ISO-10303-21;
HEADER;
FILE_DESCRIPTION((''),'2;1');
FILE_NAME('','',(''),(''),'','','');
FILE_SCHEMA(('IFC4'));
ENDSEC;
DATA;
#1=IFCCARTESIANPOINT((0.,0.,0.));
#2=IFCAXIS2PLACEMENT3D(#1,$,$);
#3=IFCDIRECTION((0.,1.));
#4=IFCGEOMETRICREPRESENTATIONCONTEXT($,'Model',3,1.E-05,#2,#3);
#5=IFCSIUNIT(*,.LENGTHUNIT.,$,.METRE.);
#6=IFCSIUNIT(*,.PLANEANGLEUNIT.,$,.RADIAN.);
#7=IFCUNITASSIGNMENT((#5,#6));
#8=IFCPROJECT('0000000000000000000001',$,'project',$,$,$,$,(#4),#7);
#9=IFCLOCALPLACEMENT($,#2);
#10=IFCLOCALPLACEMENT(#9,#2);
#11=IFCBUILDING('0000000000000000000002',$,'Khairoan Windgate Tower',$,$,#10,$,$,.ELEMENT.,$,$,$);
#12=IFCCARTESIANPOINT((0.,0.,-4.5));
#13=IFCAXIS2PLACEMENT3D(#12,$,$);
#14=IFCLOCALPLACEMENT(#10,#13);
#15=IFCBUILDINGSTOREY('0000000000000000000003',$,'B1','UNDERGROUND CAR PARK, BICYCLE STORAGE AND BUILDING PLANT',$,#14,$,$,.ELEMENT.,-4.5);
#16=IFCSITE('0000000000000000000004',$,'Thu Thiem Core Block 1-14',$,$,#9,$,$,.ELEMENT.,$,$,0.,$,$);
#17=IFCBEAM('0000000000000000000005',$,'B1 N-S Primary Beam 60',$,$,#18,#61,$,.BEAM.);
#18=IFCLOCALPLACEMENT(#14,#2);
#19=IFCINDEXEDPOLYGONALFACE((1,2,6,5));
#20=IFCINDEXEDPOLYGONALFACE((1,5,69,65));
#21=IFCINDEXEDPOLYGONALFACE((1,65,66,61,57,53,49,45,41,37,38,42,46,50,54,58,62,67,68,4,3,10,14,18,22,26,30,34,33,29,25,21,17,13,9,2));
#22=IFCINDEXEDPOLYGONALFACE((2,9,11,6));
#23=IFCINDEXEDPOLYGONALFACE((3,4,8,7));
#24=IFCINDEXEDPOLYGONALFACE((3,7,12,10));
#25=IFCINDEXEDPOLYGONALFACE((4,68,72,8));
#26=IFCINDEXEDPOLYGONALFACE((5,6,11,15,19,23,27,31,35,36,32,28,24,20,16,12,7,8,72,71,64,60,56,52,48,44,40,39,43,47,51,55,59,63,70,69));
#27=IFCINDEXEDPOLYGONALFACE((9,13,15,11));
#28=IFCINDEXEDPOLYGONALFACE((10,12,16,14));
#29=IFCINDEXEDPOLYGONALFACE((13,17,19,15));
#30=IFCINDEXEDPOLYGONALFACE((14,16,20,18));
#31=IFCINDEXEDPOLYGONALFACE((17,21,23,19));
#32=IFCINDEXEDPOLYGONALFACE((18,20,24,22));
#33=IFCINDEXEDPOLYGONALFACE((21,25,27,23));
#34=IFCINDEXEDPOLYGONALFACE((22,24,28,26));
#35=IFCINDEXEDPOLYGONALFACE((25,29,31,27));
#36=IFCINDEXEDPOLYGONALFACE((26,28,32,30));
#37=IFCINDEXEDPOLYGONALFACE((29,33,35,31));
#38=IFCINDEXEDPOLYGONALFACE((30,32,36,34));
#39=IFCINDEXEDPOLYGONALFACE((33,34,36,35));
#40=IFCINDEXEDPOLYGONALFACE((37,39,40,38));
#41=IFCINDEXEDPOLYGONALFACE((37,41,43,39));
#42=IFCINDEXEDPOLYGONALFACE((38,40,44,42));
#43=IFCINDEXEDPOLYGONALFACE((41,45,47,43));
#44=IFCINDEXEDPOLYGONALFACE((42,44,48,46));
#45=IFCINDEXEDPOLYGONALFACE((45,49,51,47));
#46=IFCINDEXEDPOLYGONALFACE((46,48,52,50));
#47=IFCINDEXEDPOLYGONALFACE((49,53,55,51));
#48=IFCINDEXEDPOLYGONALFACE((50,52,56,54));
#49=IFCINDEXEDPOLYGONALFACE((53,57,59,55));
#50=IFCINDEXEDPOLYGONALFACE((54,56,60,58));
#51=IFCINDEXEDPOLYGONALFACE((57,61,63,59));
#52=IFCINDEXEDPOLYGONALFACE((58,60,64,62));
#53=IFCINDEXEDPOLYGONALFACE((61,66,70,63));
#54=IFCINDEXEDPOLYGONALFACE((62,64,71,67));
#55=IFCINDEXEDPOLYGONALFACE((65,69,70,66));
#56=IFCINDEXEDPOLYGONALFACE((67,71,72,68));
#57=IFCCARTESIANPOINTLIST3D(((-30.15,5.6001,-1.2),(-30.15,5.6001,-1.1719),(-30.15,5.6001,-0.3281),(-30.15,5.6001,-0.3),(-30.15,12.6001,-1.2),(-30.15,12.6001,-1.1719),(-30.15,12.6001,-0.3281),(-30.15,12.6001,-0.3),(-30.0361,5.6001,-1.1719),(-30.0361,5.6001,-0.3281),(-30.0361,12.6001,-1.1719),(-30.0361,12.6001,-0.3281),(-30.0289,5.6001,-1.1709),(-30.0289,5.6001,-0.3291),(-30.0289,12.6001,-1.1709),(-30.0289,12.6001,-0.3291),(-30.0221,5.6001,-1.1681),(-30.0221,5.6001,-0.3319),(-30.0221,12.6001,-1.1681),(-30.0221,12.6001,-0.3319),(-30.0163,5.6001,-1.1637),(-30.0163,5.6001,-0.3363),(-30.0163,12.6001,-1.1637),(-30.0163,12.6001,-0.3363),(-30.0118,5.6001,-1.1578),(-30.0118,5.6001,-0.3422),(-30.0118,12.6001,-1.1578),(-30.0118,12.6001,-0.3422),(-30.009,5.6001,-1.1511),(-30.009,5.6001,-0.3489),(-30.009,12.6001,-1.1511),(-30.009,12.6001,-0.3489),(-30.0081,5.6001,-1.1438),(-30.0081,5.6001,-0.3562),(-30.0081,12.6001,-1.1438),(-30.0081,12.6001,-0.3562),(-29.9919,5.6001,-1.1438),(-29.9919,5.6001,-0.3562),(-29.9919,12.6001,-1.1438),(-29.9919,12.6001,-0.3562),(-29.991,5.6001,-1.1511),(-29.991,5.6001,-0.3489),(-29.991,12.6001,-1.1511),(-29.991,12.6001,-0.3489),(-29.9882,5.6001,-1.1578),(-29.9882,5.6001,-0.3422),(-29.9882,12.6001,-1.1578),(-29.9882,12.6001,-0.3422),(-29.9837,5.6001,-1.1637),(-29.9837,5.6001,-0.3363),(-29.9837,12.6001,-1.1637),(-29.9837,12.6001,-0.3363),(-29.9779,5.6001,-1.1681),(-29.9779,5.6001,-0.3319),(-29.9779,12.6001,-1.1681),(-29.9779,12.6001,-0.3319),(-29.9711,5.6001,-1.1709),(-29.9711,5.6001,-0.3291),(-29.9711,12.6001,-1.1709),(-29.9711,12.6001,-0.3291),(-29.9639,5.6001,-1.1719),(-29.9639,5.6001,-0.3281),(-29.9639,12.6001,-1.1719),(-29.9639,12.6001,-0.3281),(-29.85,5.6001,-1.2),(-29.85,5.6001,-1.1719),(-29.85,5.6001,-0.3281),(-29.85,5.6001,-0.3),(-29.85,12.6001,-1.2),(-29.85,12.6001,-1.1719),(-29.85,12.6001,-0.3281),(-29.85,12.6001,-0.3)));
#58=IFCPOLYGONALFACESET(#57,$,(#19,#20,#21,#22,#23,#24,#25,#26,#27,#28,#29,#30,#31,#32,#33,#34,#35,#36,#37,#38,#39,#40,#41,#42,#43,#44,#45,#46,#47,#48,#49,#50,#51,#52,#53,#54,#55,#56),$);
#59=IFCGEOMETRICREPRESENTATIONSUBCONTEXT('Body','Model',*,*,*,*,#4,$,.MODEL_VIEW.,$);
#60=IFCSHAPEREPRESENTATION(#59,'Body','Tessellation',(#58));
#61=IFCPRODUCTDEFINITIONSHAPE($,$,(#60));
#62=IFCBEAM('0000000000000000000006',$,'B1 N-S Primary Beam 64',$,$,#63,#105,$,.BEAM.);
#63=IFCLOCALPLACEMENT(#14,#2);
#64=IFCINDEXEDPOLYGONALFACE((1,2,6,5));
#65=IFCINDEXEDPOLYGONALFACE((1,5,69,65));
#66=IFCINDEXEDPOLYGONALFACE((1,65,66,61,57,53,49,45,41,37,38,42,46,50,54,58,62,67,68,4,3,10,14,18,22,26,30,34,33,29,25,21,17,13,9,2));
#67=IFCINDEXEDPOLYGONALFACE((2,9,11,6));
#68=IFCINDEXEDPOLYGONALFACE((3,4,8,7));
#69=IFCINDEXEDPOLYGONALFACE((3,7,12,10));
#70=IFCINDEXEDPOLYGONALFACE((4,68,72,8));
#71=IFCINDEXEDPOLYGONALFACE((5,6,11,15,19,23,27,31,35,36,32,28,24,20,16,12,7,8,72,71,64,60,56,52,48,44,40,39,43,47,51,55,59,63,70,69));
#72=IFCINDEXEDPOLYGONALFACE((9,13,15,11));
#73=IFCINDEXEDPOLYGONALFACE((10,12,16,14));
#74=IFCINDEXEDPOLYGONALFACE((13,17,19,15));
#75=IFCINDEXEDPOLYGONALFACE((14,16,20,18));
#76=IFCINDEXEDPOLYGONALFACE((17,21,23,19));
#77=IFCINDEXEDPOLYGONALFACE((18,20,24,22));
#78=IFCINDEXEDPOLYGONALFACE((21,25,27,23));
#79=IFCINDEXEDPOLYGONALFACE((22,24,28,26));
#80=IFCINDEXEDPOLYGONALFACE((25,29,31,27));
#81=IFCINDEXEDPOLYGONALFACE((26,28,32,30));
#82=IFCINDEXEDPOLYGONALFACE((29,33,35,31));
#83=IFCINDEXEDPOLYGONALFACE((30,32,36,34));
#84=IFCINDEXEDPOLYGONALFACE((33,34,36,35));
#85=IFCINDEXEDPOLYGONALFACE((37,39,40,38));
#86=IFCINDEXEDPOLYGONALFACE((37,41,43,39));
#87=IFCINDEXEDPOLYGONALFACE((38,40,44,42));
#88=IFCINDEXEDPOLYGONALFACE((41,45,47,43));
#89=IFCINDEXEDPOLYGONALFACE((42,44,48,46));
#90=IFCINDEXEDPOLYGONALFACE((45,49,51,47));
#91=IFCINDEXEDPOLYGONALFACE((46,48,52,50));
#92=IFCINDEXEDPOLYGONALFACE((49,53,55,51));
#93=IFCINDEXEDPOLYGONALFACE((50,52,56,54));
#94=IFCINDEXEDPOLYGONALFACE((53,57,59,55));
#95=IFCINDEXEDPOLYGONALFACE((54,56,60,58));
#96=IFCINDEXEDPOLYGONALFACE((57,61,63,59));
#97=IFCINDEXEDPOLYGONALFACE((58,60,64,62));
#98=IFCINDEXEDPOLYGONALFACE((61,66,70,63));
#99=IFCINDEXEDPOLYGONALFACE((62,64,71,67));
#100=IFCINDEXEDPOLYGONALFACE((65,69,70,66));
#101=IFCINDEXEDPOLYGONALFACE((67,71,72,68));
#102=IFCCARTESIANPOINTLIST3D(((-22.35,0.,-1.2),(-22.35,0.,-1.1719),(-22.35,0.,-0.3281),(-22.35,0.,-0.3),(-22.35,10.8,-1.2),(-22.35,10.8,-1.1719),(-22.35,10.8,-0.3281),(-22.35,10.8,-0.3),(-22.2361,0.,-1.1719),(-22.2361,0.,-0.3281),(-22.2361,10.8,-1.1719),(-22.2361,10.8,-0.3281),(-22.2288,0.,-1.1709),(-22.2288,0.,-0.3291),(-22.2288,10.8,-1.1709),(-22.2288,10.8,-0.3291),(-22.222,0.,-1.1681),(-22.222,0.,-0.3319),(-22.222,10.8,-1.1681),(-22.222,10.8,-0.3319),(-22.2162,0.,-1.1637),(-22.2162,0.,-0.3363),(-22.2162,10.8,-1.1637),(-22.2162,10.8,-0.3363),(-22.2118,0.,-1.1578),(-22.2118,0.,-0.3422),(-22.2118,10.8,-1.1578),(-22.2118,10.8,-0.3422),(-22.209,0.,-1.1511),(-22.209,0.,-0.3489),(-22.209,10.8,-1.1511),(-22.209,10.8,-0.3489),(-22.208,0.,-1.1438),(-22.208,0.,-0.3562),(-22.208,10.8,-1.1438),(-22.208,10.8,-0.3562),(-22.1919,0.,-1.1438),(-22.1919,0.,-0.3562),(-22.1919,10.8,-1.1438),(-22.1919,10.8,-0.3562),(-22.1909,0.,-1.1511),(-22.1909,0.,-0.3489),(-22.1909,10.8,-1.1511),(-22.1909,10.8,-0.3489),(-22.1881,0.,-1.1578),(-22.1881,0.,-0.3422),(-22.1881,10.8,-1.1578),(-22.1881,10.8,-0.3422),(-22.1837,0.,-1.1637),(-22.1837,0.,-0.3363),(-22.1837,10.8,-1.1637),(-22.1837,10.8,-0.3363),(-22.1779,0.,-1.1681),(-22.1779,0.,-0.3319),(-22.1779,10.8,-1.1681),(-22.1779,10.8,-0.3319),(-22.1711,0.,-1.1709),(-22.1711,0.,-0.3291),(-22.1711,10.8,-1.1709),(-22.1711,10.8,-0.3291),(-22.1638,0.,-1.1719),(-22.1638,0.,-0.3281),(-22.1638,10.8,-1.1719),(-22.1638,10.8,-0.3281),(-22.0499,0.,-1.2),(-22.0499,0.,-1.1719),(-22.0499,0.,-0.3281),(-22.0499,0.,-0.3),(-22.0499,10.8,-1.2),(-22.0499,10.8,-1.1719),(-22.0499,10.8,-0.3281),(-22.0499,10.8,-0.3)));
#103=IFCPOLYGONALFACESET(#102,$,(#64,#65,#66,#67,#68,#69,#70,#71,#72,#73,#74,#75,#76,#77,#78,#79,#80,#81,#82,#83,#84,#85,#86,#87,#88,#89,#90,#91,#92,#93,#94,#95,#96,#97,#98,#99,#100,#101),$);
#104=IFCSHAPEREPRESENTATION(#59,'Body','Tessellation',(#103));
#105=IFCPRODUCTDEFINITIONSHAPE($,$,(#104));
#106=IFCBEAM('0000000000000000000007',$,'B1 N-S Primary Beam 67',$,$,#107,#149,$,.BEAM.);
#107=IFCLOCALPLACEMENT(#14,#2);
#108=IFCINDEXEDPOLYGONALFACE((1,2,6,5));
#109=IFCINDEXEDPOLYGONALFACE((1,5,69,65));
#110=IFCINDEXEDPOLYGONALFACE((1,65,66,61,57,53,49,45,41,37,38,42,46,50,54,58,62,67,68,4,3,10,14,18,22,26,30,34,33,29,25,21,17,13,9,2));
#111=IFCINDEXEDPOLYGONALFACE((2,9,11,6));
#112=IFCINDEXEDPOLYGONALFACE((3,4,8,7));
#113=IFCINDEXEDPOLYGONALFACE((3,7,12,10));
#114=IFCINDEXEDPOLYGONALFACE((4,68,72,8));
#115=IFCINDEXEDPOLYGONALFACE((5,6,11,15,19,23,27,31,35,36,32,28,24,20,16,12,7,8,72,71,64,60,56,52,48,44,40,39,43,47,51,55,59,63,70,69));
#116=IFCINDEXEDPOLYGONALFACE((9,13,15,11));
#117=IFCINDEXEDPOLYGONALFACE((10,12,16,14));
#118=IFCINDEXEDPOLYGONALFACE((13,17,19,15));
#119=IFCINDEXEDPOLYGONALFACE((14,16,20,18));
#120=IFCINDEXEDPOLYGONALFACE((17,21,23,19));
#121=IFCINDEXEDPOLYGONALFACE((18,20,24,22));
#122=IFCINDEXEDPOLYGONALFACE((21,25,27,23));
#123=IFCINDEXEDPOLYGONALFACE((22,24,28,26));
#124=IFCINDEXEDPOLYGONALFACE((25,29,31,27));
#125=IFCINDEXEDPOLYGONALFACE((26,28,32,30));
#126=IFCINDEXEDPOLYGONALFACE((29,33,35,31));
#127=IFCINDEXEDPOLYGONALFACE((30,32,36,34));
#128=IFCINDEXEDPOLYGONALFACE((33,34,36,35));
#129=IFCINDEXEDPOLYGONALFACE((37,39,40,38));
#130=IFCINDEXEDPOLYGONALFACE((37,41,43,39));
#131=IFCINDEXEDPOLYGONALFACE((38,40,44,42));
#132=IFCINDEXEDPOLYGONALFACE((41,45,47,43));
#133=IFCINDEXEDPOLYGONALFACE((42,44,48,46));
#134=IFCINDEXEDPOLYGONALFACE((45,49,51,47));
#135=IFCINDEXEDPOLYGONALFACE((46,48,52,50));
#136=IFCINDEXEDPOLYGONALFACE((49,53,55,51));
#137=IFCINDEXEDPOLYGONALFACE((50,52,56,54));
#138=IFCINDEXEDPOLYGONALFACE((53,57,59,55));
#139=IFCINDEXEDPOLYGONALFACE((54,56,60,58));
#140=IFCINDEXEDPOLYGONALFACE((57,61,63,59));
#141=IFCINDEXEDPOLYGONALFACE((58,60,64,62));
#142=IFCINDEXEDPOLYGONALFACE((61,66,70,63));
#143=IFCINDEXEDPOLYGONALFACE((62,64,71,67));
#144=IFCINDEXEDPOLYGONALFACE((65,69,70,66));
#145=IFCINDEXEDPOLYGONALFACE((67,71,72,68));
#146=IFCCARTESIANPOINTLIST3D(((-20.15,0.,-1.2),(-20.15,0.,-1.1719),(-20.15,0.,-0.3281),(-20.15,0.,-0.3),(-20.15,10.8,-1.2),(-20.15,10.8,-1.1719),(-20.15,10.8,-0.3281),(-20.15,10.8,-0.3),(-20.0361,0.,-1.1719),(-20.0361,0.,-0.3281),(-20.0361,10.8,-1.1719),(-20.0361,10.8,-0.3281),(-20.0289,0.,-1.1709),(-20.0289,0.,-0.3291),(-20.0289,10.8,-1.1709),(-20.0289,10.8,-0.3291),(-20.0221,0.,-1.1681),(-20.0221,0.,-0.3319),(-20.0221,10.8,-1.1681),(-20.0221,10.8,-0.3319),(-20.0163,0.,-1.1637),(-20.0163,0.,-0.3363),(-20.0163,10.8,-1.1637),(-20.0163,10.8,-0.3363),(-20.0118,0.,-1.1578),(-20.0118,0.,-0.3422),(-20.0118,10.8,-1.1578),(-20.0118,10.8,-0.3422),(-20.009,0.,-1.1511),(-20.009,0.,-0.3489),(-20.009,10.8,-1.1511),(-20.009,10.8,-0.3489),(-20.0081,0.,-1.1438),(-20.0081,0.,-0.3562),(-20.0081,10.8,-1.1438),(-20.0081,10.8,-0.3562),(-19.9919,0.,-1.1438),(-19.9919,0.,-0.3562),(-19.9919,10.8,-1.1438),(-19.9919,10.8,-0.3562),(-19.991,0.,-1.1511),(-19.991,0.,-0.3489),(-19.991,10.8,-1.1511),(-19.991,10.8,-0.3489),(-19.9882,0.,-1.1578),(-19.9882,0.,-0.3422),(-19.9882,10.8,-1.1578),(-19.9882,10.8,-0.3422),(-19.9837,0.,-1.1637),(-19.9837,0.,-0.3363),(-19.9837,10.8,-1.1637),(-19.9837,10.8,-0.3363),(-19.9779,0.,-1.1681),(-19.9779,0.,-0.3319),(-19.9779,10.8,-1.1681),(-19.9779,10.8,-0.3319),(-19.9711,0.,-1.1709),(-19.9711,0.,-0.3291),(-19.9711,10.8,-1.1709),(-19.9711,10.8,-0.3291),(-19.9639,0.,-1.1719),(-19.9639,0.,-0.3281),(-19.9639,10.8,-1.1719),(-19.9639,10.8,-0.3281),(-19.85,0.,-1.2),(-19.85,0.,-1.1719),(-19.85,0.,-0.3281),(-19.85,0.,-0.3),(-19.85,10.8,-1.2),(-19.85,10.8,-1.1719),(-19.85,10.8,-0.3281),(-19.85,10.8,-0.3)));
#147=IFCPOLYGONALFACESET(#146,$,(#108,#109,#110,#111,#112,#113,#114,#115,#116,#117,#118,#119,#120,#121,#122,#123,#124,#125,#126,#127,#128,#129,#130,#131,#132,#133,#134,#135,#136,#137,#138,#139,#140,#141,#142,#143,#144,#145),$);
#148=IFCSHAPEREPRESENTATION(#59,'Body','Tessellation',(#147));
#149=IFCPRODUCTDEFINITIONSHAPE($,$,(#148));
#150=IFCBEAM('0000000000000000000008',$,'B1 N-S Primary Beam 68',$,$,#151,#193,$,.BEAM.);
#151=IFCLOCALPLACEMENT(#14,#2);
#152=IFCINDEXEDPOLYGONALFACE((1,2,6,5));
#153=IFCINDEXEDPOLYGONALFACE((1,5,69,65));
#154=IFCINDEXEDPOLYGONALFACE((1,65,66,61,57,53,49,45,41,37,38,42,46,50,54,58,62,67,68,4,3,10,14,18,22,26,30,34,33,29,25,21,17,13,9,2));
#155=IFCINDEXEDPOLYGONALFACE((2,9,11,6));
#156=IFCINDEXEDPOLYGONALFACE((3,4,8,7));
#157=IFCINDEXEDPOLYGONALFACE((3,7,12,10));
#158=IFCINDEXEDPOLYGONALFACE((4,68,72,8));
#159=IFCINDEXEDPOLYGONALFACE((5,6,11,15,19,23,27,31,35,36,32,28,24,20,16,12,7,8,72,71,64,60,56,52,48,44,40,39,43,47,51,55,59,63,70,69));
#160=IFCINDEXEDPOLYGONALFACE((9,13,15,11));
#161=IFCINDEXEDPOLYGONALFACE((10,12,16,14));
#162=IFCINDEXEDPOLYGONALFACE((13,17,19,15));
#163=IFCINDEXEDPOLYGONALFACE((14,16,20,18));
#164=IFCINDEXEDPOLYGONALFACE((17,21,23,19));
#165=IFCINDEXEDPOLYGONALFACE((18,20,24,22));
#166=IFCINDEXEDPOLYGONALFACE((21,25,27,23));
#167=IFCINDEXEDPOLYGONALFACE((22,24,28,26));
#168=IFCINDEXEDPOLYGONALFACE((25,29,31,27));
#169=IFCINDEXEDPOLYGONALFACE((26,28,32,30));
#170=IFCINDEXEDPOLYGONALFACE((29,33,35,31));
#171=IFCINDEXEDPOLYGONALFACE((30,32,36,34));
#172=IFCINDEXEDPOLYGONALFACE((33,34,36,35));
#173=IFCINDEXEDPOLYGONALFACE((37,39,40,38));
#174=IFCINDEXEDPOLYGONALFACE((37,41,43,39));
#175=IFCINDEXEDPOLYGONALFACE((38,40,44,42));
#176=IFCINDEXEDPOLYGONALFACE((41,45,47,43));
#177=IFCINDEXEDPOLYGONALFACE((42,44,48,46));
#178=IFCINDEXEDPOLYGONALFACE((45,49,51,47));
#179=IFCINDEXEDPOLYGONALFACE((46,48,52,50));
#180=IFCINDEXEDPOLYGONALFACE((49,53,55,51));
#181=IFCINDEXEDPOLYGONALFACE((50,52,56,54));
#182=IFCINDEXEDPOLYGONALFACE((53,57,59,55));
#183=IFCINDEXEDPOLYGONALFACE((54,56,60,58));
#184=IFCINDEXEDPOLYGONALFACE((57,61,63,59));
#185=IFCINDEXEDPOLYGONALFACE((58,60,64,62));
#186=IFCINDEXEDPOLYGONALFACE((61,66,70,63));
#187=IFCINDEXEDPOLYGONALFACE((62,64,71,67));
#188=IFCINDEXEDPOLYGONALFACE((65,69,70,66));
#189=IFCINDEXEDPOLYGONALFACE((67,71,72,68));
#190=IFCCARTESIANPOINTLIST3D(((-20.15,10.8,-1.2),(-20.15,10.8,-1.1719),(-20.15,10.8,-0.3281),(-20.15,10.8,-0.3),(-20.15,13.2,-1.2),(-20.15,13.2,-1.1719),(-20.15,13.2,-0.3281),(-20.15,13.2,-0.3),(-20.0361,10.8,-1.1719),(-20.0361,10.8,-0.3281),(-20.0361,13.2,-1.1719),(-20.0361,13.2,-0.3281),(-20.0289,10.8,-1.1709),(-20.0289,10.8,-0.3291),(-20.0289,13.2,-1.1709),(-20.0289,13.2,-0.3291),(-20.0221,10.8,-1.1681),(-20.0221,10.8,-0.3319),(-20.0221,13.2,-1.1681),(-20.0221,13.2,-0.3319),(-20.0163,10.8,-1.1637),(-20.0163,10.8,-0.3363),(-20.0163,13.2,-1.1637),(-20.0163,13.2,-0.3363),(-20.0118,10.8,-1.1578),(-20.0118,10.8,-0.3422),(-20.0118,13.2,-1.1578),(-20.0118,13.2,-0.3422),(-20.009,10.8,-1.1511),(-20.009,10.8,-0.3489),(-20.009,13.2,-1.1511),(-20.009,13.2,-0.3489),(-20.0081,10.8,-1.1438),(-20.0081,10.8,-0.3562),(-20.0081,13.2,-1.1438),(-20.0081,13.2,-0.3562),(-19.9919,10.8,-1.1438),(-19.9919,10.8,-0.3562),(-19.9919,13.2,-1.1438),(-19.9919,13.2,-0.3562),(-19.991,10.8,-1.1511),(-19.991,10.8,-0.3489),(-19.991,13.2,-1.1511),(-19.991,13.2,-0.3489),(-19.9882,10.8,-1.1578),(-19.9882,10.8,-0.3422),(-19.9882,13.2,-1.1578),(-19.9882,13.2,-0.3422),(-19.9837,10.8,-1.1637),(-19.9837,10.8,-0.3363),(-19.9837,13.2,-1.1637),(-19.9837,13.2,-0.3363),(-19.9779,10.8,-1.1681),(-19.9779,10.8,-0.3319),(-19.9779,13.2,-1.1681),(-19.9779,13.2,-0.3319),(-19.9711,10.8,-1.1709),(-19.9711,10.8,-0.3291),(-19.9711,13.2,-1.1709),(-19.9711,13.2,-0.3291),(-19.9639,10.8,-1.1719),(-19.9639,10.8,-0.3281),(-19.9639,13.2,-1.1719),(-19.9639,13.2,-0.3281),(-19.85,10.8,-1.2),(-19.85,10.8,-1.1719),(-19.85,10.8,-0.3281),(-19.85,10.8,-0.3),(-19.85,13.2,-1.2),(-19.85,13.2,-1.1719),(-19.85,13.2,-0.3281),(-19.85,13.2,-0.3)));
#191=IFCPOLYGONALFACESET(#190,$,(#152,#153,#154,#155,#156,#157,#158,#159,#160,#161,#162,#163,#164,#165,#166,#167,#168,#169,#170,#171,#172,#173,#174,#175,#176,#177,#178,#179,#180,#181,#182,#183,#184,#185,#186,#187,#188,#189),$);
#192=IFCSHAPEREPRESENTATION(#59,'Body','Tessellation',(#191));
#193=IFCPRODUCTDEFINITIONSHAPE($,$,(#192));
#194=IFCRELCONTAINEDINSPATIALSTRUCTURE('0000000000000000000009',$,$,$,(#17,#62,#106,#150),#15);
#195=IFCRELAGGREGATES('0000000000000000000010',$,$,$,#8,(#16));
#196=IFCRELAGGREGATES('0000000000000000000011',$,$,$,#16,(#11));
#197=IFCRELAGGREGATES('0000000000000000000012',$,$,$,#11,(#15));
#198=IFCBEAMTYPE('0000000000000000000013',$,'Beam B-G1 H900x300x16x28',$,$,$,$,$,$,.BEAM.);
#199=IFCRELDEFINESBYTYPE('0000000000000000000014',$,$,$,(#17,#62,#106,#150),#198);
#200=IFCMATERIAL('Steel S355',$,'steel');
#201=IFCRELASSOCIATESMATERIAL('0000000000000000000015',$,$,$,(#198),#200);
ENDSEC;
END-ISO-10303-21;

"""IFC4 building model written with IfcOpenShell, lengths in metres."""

from ifc_helpers import new_model, si_unit, direction, frame, origin, origin_2d, place, context, subcontext, project, spatial, i_section, extrude, material, material_profile, profile_set, type_object, element, save


model = new_model("IFC4")

# Units and contexts
model_context = context("Model", 3, precision=1e-05, world=origin(), true_north=direction((0.0, 1.0)))
body_context = subcontext(model_context, "Body", "Model", "MODEL_VIEW")
ifc_project = project(units=[si_unit("LENGTHUNIT", "METRE"), si_unit("PLANEANGLEUNIT", "RADIAN")], contexts=[model_context])

# Site, building, storey
site_placement = place(None, origin())
site = spatial("IfcSite", under=ifc_project, at=site_placement, Name="Thu Thiem Core Block 1-14", CompositionType="ELEMENT", RefElevation=0.0)
building_placement = place(site_placement, origin())
building = spatial("IfcBuilding", under=site, at=building_placement, Name="Khairoan Windgate Tower", CompositionType="ELEMENT")
storey_placement = place(building_placement, frame((0.0, 0.0, -4.5)))
storey = spatial("IfcBuildingStorey", under=building, at=storey_placement, Name="B1", Description="UNDERGROUND CAR PARK, BICYCLE STORAGE AND BUILDING PLANT", CompositionType="ELEMENT", Elevation=-4.5)

# Beams
ifc_material_1 = material(Name="Steel S355", Category="steel")
ifc_material_profile_1 = material_profile(ifc_material_1, i_section(OverallWidth=0.3, OverallDepth=0.8999, WebThickness=0.0161, FlangeThickness=0.0281, FilletRadius=0.0281, at=origin_2d()))
ifc_profile_set_1 = profile_set([ifc_material_profile_1], Name="Steel S355")
beam_type_1 = type_object("IfcBeamType", Name="Beam B-G1 H900x300x16x28", PredefinedType="BEAM", material=ifc_profile_set_1)
beam_1_placement = place(storey_placement, frame((-30.0, 5.6001, -0.75), z_axis=(0.0, 1.0, 0.0), x_axis=(-1.0, 0.0, 0.0)))
element("IfcBeam", 1, at=beam_1_placement, inside=storey, type_object=beam_type_1, Name="B1 N-S Primary Beam 60", PredefinedType="BEAM", context=body_context, shape_type="SweptSolid", body=[
    extrude(i_section(OverallWidth=0.3, OverallDepth=0.8999, WebThickness=0.0161, FlangeThickness=0.0281, FilletRadius=0.0281, at=origin_2d()), origin(), (0.0, 0.0, 1.0), 7.0),
])
for number, where, z_axis, x_axis, name in (
    (2, (-22.2, 0.0, -0.75), (0.0, 1.0, 0.0), (-1.0, 0.0, 0.0), "B1 N-S Primary Beam 64"),
    (3, (-20.0, 0.0, -0.75), (0.0, 1.0, 0.0), (-1.0, 0.0, 0.0), "B1 N-S Primary Beam 67"),
):
    element("IfcBeam", number, at=place(storey_placement, frame(where, z_axis=z_axis, x_axis=x_axis)), inside=storey, type_object=beam_type_1, Name=name, PredefinedType="BEAM", context=body_context, shape_type="SweptSolid", body=[
        extrude(i_section(OverallWidth=0.3, OverallDepth=0.8999, WebThickness=0.0161, FlangeThickness=0.0281, FilletRadius=0.0281, at=origin_2d()), origin(), (0.0, 0.0, 1.0), 10.8),
    ])
beam_2_placement = place(storey_placement, frame((-20.0, 10.8, -0.75), z_axis=(0.0, 1.0, 0.0), x_axis=(-1.0, 0.0, 0.0)))
element("IfcBeam", 4, at=beam_2_placement, inside=storey, type_object=beam_type_1, Name="B1 N-S Primary Beam 68", PredefinedType="BEAM", context=body_context, shape_type="SweptSolid", body=[
    extrude(i_section(OverallWidth=0.3, OverallDepth=0.8999, WebThickness=0.0161, FlangeThickness=0.0281, FilletRadius=0.0281, at=origin_2d()), origin(), (0.0, 0.0, 1.0), 2.3999),
])

save(model, "model.ifc")
